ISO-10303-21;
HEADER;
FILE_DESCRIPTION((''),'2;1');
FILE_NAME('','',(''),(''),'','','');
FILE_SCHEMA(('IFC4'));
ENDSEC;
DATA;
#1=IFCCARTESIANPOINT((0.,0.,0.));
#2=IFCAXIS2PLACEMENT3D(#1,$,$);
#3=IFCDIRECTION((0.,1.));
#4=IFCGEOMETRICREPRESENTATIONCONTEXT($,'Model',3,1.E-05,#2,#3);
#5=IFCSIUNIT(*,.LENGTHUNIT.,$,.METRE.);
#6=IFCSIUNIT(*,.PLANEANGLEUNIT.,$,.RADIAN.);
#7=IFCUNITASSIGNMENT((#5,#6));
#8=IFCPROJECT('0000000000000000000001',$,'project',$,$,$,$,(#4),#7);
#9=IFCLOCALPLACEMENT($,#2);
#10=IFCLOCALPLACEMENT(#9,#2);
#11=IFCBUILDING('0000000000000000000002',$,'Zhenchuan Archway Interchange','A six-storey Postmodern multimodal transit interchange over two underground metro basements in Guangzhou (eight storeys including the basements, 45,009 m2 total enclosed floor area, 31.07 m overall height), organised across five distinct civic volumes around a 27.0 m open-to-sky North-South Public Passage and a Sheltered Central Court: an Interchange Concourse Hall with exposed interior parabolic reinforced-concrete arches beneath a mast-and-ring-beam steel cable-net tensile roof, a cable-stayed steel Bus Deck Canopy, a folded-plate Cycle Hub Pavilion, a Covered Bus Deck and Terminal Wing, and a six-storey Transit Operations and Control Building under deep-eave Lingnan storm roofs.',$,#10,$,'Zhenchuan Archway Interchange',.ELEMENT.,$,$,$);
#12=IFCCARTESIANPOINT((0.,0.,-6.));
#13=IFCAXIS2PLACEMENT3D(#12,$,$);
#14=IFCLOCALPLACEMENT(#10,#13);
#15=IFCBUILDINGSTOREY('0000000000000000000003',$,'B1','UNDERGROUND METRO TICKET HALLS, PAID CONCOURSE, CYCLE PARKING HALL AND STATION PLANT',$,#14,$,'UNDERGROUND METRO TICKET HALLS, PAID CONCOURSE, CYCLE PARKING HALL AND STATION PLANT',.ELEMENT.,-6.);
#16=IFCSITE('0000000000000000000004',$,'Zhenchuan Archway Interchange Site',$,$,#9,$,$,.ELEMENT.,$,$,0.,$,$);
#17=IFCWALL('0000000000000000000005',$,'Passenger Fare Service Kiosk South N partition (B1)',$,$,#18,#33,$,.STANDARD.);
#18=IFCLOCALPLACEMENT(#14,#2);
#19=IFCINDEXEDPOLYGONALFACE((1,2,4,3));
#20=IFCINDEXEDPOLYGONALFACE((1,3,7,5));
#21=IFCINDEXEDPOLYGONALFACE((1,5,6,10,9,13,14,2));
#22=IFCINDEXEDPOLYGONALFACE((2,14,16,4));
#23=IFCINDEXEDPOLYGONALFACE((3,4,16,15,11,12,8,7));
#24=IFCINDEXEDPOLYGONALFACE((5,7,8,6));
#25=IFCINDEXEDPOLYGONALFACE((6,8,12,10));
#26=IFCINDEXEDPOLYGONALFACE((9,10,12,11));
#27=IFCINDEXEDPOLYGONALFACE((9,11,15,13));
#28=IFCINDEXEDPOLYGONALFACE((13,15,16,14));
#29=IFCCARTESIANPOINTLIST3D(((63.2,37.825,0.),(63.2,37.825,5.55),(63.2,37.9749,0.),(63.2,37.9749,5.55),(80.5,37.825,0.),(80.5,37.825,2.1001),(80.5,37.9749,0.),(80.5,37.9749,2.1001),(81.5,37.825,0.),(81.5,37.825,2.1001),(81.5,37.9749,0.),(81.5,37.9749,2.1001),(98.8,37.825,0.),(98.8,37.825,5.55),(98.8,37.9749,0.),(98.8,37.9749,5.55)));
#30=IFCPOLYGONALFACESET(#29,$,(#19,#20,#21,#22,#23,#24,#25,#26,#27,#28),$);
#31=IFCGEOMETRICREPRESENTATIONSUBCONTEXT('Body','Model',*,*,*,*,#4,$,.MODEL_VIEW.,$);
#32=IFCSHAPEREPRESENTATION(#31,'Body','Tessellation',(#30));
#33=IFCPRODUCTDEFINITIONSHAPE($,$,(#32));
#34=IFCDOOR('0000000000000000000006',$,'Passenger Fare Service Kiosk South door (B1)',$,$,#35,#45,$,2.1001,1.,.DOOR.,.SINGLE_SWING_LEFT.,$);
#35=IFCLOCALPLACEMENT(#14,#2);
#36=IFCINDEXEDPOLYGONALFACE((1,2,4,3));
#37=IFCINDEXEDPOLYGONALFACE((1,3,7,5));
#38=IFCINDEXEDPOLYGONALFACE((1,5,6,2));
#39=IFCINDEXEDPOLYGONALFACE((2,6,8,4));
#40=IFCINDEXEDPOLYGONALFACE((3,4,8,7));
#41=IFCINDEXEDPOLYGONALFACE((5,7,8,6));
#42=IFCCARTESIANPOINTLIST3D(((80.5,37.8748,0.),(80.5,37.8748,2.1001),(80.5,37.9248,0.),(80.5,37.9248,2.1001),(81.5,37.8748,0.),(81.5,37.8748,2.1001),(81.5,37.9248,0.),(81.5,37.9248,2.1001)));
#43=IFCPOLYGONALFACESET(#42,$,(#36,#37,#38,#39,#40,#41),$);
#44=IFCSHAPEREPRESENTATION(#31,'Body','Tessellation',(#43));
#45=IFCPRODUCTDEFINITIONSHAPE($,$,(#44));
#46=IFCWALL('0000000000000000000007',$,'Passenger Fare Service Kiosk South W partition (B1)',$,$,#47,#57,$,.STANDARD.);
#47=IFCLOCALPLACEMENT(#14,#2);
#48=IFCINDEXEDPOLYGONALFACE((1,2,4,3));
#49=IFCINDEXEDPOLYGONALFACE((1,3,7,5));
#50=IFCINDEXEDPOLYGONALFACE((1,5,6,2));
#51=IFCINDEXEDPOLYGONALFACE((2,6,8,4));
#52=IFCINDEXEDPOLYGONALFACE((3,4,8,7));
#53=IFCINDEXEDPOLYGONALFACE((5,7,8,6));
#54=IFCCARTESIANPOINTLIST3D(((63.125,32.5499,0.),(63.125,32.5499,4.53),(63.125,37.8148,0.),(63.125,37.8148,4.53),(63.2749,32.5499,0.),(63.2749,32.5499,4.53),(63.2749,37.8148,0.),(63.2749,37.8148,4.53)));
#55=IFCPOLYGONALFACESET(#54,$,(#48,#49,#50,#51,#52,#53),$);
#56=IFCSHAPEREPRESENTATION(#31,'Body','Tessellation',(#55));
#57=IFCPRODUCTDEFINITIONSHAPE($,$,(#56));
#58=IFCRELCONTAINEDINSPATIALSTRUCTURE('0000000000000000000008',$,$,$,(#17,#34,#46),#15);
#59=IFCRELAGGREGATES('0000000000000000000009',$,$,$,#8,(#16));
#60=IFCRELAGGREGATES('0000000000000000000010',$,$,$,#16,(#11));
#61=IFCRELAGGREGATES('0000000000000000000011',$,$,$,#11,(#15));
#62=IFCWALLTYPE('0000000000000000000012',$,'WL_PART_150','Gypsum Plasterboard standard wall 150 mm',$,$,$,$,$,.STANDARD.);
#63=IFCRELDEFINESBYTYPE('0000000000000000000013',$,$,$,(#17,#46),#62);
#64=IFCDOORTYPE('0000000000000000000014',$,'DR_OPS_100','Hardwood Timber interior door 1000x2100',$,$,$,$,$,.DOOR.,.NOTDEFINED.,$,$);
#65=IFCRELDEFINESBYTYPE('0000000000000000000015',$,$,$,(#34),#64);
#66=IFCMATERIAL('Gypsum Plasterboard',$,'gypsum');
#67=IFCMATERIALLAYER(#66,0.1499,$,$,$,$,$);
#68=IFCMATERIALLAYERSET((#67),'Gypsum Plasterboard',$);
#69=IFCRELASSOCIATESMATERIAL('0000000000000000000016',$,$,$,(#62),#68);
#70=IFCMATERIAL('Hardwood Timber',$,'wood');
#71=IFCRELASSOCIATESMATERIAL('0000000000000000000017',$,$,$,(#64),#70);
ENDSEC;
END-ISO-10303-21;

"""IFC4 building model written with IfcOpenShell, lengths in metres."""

from ifc_helpers import new_model, si_unit, direction, frame, frame_2d, origin, place, context, subcontext, project, spatial, rectangle, extrude, material, layer, layer_set, type_object, element, fill, save


model = new_model("IFC4")

# Units and contexts
model_context = context("Model", 3, precision=1e-05, world=origin(), true_north=direction((0.0, 1.0)))
body_context = subcontext(model_context, "Body", "Model", "MODEL_VIEW")
ifc_project = project(units=[si_unit("LENGTHUNIT", "METRE"), si_unit("PLANEANGLEUNIT", "RADIAN")], contexts=[model_context])

# Site, building, storey
site_placement = place(None, origin())
site = spatial("IfcSite", under=ifc_project, at=site_placement, Name="Zhenchuan Archway Interchange Site", CompositionType="ELEMENT", RefElevation=0.0)
building_placement = place(site_placement, origin())
building = spatial("IfcBuilding", under=site, at=building_placement, Name="Zhenchuan Archway Interchange", Description="A six-storey Postmodern multimodal transit interchange over two underground metro basements in Guangzhou (eight storeys including the basements, 45,009 m2 total enclosed floor area, 31.07 m overall height), organised across five distinct civic volumes around a 27.0 m open-to-sky North-South Public Passage and a Sheltered Central Court: an Interchange Concourse Hall with exposed interior parabolic reinforced-concrete arches beneath a mast-and-ring-beam steel cable-net tensile roof, a cable-stayed steel Bus Deck Canopy, a folded-plate Cycle Hub Pavilion, a Covered Bus Deck and Terminal Wing, and a six-storey Transit Operations and Control Building under deep-eave Lingnan storm roofs.", LongName="Zhenchuan Archway Interchange", CompositionType="ELEMENT")
storey_placement = place(building_placement, frame((0.0, 0.0, -6.0)))
storey = spatial("IfcBuildingStorey", under=building, at=storey_placement, Name="B1", Description="UNDERGROUND METRO TICKET HALLS, PAID CONCOURSE, CYCLE PARKING HALL AND STATION PLANT", LongName="UNDERGROUND METRO TICKET HALLS, PAID CONCOURSE, CYCLE PARKING HALL AND STATION PLANT", CompositionType="ELEMENT", Elevation=-6.0)

# Wall, opening, door
ifc_material_1 = material(Name="Gypsum Plasterboard", Category="gypsum")
ifc_layer_1 = layer(ifc_material_1, 0.1499)
ifc_layer_set_1 = layer_set([ifc_layer_1], Name="Gypsum Plasterboard")
wall_type_1 = type_object("IfcWallType", Name="WL_PART_150", Description="Gypsum Plasterboard standard wall 150 mm", PredefinedType="STANDARD", material=ifc_layer_set_1)
wall_1_placement = place(storey_placement, frame((63.2, 37.8999, 0.0), z_axis=(0.0, 0.0, 1.0), x_axis=(1.0, 0.0, 0.0)))
wall_1 = element("IfcWall", 1, at=wall_1_placement, inside=storey, type_object=wall_type_1, Name="Passenger Fare Service Kiosk South N partition (B1)", PredefinedType="STANDARD", context=body_context, shape_type="SweptSolid", body=[
    extrude(rectangle(XDim=35.6001, YDim=0.1499, at=frame_2d((17.8, 0.0))), origin(), (0.0, 0.0, 1.0), 5.55),
])
opening_placement = place(wall_1_placement, frame((17.3, 0.0, 0.0)))
opening = element("IfcOpeningElement", 2, at=opening_placement, cuts=wall_1, PredefinedType="OPENING", context=body_context, shape_type="SweptSolid", body=[
    extrude(rectangle(XDim=1.0, YDim=2.1001, at=frame_2d((0.5, 1.05))), frame((0.0, 0.0869, 0.0), z_axis=(0.0, -1.0, 0.0), x_axis=(1.0, 0.0, 0.0)), (0.0, 0.0, 1.0), 0.1738),
])
ifc_material_2 = material(Name="Hardwood Timber", Category="wood")
door_type = type_object("IfcDoorType", Name="DR_OPS_100", Description="Hardwood Timber interior door 1000x2100", OperationType="NOTDEFINED", PredefinedType="DOOR", material=ifc_material_2)
door_placement = place(opening_placement, origin())
door = element("IfcDoor", 3, at=door_placement, inside=storey, type_object=door_type, Name="Passenger Fare Service Kiosk South door (B1)", OperationType="SINGLE_SWING_LEFT", OverallHeight=2.1001, OverallWidth=1.0, PredefinedType="DOOR", context=body_context, shape_type="SweptSolid", body=[
    extrude(rectangle(XDim=1.0, YDim=2.1001, at=frame_2d((0.5, 1.05))), frame((0.0, 0.0249, 0.0), z_axis=(0.0, -1.0, 0.0), x_axis=(1.0, 0.0, 0.0)), (0.0, 0.0, 1.0), 0.05),
])
fill(opening, door)

# Wall
wall_2_placement = place(storey_placement, frame((63.2, 32.55, 0.0), z_axis=(0.0, 0.0, 1.0), x_axis=(0.0, 1.0, 0.0)))
element("IfcWall", 4, at=wall_2_placement, inside=storey, type_object=wall_type_1, Name="Passenger Fare Service Kiosk South W partition (B1)", PredefinedType="STANDARD", context=body_context, shape_type="SweptSolid", body=[
    extrude(rectangle(XDim=5.2649, YDim=0.1499, at=frame_2d((2.6323, 0.0))), origin(), (0.0, 0.0, 1.0), 4.53),
])

save(model, "model.ifc")
